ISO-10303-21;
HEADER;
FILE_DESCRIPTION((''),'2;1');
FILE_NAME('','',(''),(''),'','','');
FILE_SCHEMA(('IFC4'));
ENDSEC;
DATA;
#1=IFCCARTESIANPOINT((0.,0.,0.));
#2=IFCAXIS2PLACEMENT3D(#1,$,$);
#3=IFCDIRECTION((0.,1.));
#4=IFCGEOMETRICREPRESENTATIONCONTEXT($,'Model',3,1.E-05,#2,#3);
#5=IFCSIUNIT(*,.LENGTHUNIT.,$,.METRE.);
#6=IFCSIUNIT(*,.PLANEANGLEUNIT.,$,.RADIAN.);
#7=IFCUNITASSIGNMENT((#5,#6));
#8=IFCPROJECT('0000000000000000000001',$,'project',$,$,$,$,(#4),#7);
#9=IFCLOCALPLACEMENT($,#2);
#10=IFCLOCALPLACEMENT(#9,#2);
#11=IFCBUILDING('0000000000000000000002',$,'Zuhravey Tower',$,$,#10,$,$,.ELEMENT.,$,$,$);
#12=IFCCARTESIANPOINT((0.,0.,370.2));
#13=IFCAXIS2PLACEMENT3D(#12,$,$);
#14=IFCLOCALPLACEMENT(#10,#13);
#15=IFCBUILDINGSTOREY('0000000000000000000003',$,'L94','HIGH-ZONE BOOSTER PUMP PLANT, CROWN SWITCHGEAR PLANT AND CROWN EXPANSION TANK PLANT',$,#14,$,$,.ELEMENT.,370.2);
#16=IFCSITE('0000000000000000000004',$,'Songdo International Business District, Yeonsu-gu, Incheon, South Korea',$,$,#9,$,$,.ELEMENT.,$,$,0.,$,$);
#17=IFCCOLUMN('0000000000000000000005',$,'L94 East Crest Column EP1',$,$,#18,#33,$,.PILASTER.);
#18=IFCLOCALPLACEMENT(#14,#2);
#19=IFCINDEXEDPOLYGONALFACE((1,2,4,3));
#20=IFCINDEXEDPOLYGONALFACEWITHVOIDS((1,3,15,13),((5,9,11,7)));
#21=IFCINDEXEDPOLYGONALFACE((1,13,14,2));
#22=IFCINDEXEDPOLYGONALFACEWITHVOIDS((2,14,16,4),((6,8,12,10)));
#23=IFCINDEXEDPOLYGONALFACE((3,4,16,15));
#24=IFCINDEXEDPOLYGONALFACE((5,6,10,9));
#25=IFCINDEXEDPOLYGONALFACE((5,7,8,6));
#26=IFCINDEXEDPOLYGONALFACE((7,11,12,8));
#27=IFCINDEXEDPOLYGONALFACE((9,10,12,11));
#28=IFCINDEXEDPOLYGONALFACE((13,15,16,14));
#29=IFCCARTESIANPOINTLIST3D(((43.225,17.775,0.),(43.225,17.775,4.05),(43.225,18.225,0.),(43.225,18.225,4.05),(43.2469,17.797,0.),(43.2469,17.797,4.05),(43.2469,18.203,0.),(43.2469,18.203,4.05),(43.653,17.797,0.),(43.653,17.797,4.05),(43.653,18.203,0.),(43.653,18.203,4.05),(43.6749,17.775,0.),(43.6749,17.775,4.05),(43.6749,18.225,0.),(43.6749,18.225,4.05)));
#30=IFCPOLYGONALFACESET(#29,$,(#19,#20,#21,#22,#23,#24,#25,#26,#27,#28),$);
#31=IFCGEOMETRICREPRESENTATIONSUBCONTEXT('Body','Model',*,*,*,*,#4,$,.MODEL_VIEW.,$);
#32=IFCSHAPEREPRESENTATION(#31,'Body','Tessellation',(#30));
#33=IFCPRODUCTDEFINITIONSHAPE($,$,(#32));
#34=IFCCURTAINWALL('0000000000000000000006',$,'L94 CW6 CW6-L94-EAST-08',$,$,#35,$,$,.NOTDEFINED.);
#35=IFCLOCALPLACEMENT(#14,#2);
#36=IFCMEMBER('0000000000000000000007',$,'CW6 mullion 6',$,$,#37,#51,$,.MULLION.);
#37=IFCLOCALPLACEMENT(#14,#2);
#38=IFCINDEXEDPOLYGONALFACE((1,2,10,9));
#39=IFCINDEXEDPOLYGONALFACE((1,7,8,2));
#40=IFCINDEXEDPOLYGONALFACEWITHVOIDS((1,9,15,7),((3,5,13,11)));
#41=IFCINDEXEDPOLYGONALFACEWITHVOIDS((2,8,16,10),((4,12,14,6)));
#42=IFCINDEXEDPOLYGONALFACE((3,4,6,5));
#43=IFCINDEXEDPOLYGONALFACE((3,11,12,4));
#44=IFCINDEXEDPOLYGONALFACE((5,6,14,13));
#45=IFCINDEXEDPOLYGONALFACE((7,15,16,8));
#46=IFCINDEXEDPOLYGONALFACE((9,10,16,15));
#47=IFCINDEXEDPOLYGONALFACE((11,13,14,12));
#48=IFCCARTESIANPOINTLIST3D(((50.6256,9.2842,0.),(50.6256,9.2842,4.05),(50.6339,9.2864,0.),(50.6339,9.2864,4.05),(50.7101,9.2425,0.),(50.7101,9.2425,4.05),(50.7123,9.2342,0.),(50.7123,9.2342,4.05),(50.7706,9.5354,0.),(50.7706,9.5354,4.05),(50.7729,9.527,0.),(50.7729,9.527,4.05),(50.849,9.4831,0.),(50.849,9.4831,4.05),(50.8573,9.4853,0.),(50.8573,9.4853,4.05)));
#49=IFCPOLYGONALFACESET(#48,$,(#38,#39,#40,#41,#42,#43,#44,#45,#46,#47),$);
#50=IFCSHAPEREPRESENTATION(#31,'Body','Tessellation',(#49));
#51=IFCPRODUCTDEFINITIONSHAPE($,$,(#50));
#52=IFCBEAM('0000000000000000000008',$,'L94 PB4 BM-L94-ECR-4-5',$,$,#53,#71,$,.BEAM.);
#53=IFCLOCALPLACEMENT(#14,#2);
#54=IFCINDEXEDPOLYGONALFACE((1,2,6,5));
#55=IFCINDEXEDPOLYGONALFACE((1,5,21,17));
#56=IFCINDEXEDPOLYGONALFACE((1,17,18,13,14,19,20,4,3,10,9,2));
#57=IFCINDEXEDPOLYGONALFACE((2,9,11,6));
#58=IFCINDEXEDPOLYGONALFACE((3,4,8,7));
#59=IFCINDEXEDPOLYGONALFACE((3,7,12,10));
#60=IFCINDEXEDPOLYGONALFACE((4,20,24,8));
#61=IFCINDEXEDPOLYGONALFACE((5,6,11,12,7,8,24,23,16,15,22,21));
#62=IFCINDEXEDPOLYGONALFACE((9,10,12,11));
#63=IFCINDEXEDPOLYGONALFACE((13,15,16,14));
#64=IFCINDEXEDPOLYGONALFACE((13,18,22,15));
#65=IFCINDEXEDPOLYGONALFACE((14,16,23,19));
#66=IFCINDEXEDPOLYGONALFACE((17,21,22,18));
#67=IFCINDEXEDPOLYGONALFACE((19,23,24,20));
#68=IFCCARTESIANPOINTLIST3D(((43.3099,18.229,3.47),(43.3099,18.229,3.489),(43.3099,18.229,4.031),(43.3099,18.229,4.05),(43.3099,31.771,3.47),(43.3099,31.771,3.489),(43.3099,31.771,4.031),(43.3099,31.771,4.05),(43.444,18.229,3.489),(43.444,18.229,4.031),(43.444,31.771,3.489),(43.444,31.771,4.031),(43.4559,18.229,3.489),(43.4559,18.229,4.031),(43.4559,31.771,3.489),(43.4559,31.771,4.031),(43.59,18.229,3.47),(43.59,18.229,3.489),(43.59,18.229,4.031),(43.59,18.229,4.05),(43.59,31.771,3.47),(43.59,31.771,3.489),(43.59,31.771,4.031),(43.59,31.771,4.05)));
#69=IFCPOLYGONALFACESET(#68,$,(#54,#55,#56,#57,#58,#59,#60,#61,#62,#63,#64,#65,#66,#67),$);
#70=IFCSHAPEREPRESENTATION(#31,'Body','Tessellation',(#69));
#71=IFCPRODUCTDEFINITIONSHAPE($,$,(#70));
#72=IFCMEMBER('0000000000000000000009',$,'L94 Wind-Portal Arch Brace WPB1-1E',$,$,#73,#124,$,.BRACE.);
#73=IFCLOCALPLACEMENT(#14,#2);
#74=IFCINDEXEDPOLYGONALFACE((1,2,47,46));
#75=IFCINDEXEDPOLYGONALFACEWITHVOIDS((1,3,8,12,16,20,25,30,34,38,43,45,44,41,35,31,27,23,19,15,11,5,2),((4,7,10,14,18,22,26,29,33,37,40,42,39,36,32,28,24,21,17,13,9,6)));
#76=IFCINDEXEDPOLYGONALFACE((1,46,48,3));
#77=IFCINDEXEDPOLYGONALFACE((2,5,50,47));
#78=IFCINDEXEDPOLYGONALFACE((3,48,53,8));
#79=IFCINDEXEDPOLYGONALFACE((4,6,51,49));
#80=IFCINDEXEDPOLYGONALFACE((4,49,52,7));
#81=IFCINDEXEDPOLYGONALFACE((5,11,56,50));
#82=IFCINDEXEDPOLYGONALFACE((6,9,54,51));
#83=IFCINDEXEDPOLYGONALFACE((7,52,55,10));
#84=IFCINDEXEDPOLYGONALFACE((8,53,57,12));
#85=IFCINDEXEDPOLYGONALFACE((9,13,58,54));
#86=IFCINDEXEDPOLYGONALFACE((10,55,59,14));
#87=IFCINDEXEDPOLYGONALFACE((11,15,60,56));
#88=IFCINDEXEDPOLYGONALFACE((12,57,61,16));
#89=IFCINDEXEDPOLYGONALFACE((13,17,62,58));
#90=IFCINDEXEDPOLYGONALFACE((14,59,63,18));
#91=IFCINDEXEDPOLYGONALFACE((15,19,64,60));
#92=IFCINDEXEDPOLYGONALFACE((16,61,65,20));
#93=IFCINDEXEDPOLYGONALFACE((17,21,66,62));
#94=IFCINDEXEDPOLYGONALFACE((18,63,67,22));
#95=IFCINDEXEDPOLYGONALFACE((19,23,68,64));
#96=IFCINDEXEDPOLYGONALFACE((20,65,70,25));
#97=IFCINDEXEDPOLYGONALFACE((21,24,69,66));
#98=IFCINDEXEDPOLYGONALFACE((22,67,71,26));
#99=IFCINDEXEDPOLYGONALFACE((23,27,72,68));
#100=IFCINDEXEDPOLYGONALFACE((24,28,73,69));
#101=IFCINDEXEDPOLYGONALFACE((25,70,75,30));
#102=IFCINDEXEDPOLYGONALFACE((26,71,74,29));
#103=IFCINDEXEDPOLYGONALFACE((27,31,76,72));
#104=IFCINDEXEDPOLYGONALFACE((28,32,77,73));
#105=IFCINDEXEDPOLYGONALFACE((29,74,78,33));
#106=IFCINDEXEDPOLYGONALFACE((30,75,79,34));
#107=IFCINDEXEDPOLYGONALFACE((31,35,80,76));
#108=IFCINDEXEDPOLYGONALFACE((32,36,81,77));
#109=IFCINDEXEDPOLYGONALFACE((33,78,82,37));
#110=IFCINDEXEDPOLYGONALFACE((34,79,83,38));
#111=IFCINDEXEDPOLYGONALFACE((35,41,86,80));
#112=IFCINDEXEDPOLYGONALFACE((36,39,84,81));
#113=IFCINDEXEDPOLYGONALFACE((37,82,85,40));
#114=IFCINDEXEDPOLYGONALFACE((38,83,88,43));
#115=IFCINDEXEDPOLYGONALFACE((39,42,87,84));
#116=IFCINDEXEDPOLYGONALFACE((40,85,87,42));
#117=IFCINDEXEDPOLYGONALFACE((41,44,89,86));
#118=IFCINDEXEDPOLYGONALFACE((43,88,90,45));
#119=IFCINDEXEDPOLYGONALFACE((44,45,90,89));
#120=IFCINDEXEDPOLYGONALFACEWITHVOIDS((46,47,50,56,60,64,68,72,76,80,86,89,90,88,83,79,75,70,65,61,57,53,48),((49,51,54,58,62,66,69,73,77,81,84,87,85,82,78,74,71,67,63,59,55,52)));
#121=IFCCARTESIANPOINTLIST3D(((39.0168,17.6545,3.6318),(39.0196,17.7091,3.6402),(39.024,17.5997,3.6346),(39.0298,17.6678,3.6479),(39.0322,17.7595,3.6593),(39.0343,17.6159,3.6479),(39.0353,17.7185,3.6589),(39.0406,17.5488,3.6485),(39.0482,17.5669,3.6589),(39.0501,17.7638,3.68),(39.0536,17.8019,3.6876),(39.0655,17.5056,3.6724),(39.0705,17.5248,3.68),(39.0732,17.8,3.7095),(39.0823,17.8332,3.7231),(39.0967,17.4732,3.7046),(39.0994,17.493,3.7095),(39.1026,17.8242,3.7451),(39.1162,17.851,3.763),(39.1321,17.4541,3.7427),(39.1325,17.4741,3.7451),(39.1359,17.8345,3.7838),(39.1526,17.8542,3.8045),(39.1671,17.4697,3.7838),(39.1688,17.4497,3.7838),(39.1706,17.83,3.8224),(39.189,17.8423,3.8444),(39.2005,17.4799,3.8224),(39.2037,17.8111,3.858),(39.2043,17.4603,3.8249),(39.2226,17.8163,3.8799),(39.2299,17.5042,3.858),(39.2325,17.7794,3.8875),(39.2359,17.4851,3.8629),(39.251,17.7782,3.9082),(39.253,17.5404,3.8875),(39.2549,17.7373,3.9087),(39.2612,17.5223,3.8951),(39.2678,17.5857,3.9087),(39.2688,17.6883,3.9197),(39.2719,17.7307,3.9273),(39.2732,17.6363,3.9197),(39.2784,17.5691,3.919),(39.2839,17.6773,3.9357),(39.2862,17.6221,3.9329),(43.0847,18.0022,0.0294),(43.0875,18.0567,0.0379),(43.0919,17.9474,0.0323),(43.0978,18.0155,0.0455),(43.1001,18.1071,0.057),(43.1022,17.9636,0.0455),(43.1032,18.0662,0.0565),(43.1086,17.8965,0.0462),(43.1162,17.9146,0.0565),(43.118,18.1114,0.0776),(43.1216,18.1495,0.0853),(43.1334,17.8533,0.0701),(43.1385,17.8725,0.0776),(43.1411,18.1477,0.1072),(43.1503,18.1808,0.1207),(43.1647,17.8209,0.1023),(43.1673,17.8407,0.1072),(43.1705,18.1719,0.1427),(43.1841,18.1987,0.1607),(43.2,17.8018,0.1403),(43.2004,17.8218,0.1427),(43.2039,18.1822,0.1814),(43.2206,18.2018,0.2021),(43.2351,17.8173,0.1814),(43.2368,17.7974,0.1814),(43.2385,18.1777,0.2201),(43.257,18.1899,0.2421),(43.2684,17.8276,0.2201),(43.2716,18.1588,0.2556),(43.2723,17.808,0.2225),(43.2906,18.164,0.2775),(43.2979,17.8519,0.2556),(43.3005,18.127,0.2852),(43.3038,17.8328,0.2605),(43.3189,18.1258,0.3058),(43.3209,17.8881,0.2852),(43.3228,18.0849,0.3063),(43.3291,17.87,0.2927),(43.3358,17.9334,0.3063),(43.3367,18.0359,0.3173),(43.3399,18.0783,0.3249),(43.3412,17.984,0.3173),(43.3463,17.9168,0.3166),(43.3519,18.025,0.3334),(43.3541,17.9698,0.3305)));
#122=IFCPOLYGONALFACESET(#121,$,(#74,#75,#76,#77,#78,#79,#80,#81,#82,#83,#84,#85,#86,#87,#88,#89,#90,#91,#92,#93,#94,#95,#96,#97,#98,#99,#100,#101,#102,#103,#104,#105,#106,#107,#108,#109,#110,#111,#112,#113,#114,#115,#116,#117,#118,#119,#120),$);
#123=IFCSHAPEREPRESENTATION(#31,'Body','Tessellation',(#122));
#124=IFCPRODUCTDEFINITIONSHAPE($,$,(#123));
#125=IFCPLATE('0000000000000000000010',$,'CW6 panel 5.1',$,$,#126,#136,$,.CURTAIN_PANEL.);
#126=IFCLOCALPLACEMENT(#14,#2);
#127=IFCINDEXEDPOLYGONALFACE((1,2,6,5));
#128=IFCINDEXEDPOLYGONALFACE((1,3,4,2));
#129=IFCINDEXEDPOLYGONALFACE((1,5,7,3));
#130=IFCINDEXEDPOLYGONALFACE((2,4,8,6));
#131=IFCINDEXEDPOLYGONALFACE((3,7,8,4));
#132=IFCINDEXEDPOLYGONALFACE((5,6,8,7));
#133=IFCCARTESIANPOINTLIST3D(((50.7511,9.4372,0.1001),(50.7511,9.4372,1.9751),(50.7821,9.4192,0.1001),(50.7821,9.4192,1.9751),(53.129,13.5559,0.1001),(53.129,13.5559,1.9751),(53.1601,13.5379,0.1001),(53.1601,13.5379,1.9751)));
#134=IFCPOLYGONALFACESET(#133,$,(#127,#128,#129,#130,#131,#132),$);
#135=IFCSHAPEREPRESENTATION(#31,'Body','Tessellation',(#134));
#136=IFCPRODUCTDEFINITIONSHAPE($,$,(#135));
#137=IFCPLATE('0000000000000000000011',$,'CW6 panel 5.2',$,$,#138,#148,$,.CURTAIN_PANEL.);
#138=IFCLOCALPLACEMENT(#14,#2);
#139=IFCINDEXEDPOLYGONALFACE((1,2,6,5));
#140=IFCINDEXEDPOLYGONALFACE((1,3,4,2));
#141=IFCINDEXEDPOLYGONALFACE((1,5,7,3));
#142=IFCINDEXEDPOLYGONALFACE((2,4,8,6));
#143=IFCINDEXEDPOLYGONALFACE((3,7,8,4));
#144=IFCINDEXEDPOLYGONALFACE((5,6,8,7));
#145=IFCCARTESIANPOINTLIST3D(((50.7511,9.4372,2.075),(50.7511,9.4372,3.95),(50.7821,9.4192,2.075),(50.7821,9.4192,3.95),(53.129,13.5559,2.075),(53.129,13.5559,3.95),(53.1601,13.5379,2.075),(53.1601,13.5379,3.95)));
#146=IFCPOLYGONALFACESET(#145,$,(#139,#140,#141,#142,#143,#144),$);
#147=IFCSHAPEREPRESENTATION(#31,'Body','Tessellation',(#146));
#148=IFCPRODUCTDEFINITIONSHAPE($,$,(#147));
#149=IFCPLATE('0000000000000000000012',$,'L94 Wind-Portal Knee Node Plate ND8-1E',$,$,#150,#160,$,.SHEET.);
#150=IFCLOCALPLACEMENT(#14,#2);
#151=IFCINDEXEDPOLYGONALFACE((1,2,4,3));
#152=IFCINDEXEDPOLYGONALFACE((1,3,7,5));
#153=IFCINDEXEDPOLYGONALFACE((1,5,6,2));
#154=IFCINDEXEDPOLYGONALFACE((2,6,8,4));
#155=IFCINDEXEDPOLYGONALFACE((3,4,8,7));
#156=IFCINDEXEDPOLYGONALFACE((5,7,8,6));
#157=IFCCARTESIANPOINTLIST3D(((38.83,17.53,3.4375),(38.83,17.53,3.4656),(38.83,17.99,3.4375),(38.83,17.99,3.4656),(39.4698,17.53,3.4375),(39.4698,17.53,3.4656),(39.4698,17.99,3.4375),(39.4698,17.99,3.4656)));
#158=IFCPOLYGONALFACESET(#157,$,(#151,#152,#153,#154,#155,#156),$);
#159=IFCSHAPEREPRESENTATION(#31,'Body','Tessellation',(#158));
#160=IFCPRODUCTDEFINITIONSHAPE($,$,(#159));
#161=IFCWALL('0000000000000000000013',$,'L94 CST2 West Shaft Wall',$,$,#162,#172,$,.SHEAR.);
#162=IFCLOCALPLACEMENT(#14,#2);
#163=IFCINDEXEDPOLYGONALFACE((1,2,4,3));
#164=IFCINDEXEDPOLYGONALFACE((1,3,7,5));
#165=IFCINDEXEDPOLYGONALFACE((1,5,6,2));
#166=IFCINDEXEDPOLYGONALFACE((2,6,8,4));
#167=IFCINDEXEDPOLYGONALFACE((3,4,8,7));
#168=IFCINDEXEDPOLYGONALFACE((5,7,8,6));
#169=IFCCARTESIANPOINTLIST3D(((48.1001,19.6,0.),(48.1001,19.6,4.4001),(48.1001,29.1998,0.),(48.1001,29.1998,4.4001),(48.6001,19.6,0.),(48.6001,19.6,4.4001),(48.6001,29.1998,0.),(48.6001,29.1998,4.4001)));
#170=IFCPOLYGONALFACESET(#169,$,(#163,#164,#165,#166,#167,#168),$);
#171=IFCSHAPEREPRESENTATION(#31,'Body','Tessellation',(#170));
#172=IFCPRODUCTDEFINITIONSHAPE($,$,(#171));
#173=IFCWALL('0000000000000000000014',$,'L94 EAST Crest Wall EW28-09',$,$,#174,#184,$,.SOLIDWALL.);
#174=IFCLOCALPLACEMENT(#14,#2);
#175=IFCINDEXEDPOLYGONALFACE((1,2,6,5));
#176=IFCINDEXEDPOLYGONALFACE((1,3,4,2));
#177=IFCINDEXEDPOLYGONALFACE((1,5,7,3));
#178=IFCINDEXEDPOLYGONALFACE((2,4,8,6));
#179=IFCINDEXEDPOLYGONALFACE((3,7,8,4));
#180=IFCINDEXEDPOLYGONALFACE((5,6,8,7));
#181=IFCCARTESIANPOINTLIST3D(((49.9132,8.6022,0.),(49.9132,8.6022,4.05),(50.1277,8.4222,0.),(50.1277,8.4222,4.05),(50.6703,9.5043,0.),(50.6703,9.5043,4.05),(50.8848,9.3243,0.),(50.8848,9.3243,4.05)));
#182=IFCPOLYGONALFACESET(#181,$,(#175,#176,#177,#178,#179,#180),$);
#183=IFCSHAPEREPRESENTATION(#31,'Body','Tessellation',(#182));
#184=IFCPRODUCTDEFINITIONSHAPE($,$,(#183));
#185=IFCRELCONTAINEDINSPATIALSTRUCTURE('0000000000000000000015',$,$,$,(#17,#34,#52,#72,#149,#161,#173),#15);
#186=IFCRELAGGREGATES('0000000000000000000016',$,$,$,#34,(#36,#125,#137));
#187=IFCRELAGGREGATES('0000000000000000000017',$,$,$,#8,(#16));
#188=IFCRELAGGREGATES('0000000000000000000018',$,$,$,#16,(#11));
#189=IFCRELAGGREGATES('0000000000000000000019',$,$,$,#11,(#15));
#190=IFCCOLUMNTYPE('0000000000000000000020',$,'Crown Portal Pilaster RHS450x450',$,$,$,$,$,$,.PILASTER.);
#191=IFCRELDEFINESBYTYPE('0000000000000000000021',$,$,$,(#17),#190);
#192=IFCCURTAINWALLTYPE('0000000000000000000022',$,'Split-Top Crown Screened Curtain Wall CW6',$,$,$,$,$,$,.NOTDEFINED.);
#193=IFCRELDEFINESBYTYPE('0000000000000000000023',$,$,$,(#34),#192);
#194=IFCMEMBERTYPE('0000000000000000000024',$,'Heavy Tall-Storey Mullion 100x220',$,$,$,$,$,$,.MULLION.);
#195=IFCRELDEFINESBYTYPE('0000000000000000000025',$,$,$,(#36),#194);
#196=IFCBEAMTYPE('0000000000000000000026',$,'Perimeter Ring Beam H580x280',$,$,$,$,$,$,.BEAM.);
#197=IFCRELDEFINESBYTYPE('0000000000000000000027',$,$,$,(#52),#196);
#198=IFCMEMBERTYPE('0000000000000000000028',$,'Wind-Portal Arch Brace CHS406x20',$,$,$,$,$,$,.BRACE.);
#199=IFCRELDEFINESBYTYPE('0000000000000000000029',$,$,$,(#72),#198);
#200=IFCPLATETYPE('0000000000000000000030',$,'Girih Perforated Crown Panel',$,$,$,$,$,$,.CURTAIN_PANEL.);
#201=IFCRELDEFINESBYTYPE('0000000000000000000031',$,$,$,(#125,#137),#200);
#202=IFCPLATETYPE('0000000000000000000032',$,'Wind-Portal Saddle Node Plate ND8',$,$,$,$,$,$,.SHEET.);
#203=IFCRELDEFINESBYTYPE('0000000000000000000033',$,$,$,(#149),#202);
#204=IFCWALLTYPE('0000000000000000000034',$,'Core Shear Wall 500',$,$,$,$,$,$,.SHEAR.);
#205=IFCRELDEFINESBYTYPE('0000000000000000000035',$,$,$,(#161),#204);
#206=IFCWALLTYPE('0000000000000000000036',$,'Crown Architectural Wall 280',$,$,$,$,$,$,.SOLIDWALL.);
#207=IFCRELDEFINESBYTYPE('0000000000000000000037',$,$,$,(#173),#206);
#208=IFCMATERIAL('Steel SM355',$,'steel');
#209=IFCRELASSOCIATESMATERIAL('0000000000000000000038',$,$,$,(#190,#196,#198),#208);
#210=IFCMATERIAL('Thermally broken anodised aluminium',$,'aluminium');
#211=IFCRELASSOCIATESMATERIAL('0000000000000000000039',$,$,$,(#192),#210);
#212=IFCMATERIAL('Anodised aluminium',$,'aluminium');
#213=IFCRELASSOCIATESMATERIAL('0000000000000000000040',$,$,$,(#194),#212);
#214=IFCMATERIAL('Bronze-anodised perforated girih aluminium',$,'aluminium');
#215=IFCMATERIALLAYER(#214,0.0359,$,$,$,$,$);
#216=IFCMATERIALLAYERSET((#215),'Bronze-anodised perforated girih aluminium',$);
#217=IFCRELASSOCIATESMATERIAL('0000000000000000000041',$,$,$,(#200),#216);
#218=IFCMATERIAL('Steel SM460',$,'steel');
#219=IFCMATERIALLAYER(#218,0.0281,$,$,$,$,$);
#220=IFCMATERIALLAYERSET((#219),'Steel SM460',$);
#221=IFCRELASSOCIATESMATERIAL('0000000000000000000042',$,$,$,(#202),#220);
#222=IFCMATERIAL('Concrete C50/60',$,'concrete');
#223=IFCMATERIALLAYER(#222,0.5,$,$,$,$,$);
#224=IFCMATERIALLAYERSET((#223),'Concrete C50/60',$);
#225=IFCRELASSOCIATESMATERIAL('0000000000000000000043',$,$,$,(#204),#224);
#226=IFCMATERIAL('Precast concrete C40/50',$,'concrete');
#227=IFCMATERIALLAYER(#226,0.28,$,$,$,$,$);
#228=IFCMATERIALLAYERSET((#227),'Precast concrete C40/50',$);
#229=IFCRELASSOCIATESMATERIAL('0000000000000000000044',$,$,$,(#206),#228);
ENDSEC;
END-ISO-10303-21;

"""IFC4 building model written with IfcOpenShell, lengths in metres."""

from ifc_helpers import new_model, si_unit, direction, frame, frame_2d, origin, origin_2d, place, context, subcontext, project, spatial, rectangle, hollow_rectangle, hollow_circle, i_section, extrude, material, layer, layer_set, material_profile, profile_set, type_object, element, aggregate, save


model = new_model("IFC4")

# Units and contexts
model_context = context("Model", 3, precision=1e-05, world=origin(), true_north=direction((0.0, 1.0)))
body_context = subcontext(model_context, "Body", "Model", "MODEL_VIEW")
ifc_project = project(units=[si_unit("LENGTHUNIT", "METRE"), si_unit("PLANEANGLEUNIT", "RADIAN")], contexts=[model_context])

# Site, building, storey
site_placement = place(None, origin())
site = spatial("IfcSite", under=ifc_project, at=site_placement, Name="Songdo International Business District, Yeonsu-gu, Incheon, South Korea", CompositionType="ELEMENT", RefElevation=0.0)
building_placement = place(site_placement, origin())
building = spatial("IfcBuilding", under=site, at=building_placement, Name="Zuhravey Tower", CompositionType="ELEMENT")
storey_placement = place(building_placement, frame((0.0, 0.0, 370.2)))
storey = spatial("IfcBuildingStorey", under=building, at=storey_placement, Name="L94", Description="HIGH-ZONE BOOSTER PUMP PLANT, CROWN SWITCHGEAR PLANT AND CROWN EXPANSION TANK PLANT", CompositionType="ELEMENT", Elevation=370.2)

# Column
ifc_material_1 = material(Name="Steel SM355", Category="steel")
ifc_material_profile_1 = material_profile(ifc_material_1, hollow_rectangle(XDim=0.45, YDim=0.45, WallThickness=0.022, at=origin_2d()), Name="RHS-450x450x22")
ifc_profile_set_1 = profile_set([ifc_material_profile_1], Name="Steel SM355")
column_type = type_object("IfcColumnType", Name="Crown Portal Pilaster RHS450x450", PredefinedType="PILASTER", material=ifc_profile_set_1)
column_placement = place(storey_placement, frame((43.45, 18.0, 0.0), z_axis=(0.0, 0.0, 1.0), x_axis=(1.0, 0.0, 0.0)))
element("IfcColumn", 1, at=column_placement, inside=storey, type_object=column_type, Name="L94 East Crest Column EP1", PredefinedType="PILASTER", context=body_context, shape_type="SweptSolid", body=[
    extrude(hollow_rectangle(XDim=0.45, YDim=0.45, WallThickness=0.022, at=origin_2d()), origin(), (0.0, 0.0, 1.0), 4.05),
])

# Curtain wall, member
ifc_material_2 = material(Name="Thermally broken anodised aluminium", Category="aluminium")
curtain_wall_type = type_object("IfcCurtainWallType", Name="Split-Top Crown Screened Curtain Wall CW6", PredefinedType="NOTDEFINED", material=ifc_material_2)
curtain_wall_placement = place(storey_placement, origin())
curtain_wall = element("IfcCurtainWall", 2, at=curtain_wall_placement, inside=storey, type_object=curtain_wall_type, Name="L94 CW6 CW6-L94-EAST-08", PredefinedType="NOTDEFINED")
ifc_material_3 = material(Name="Anodised aluminium", Category="aluminium")
ifc_material_profile_2 = material_profile(ifc_material_3, hollow_rectangle(XDim=0.1001, YDim=0.29, WallThickness=0.0061, at=origin_2d()), Name="ALU-RHS-100x290x6")
ifc_profile_set_2 = profile_set([ifc_material_profile_2], Name="Anodised aluminium")
member_type_1 = type_object("IfcMemberType", Name="Heavy Tall-Storey Mullion 100x220", PredefinedType="MULLION", material=ifc_profile_set_2)
member_1_placement = place(storey_placement, frame((50.7415, 9.3848, 0.0), z_axis=(0.0, 0.0, 1.0), x_axis=(0.866027, -0.499997, 0.0)))
member_1 = element("IfcMember", 3, at=member_1_placement, type_object=member_type_1, Name="CW6 mullion 6", PredefinedType="MULLION", context=body_context, shape_type="SweptSolid", body=[
    extrude(hollow_rectangle(XDim=0.1001, YDim=0.29, WallThickness=0.0061, at=origin_2d()), origin(), (0.0, 0.0, 1.0), 4.05),
])

# Beam
ifc_material_profile_3 = material_profile(ifc_material_1, i_section(OverallWidth=0.28, OverallDepth=0.5801, WebThickness=0.012, FlangeThickness=0.019, at=origin_2d()), Name="H-580x280x12x19")
ifc_profile_set_3 = profile_set([ifc_material_profile_3], Name="Steel SM355")
beam_type = type_object("IfcBeamType", Name="Perimeter Ring Beam H580x280", PredefinedType="BEAM", material=ifc_profile_set_3)
beam_placement = place(storey_placement, frame((43.45, 18.229, 3.76), z_axis=(0.0, 1.0, 0.0), x_axis=(-1.0, 0.0, 0.0)))
element("IfcBeam", 4, at=beam_placement, inside=storey, type_object=beam_type, Name="L94 PB4 BM-L94-ECR-4-5", PredefinedType="BEAM", context=body_context, shape_type="SweptSolid", body=[
    extrude(i_section(OverallWidth=0.28, OverallDepth=0.5801, WebThickness=0.012, FlangeThickness=0.019, at=origin_2d()), origin(), (0.0, 0.0, 1.0), 13.542),
])

# Member
ifc_material_profile_4 = material_profile(ifc_material_1, hollow_circle(Radius=0.2031, WallThickness=0.02, at=origin_2d()), Name="CHS-406.4x20")
ifc_profile_set_4 = profile_set([ifc_material_profile_4], Name="Steel SM355")
member_type_2 = type_object("IfcMemberType", Name="Wind-Portal Arch Brace CHS406x20", PredefinedType="BRACE", material=ifc_profile_set_4)
member_2_placement = place(storey_placement, frame((43.2195, 17.9998, 0.1814), z_axis=(-0.747122, -0.063852, 0.661613), x_axis=(0.085154, -0.996368, 0.0)))
element("IfcMember", 5, at=member_2_placement, inside=storey, type_object=member_type_2, Name="L94 Wind-Portal Arch Brace WPB1-1E", PredefinedType="BRACE", context=body_context, shape_type="SweptSolid", body=[
    extrude(hollow_circle(Radius=0.2031, WallThickness=0.02, at=origin_2d()), origin(), (0.0, 0.0, 1.0), 5.4448),
])

# Plates
ifc_material_4 = material(Name="Bronze-anodised perforated girih aluminium", Category="aluminium")
ifc_layer_1 = layer(ifc_material_4, 0.0359)
ifc_layer_set_1 = layer_set([ifc_layer_1], Name="Bronze-anodised perforated girih aluminium")
plate_type_1 = type_object("IfcPlateType", Name="Girih Perforated Crown Panel", PredefinedType="CURTAIN_PANEL", material=ifc_layer_set_1)
plate_1_placement = place(storey_placement, frame((51.9556, 11.4875, 0.1001), z_axis=(0.0, 0.0, 1.0), x_axis=(-0.499997, -0.866027, 0.0)))
plate_1 = element("IfcPlate", 6, at=plate_1_placement, type_object=plate_type_1, Name="CW6 panel 5.1", PredefinedType="CURTAIN_PANEL", context=body_context, shape_type="SweptSolid", body=[
    extrude(rectangle(XDim=4.7559, YDim=0.0359, at=origin_2d()), origin(), (0.0, 0.0, 1.0), 1.875),
])
plate_2_placement = place(storey_placement, frame((51.9556, 11.4875, 2.075), z_axis=(0.0, 0.0, 1.0), x_axis=(-0.499997, -0.866027, 0.0)))
plate_2 = element("IfcPlate", 7, at=plate_2_placement, type_object=plate_type_1, Name="CW6 panel 5.2", PredefinedType="CURTAIN_PANEL", context=body_context, shape_type="SweptSolid", body=[
    extrude(rectangle(XDim=4.7559, YDim=0.0359, at=origin_2d()), origin(), (0.0, 0.0, 1.0), 1.875),
])
aggregate(curtain_wall, [member_1, plate_1, plate_2])
ifc_material_5 = material(Name="Steel SM460", Category="steel")
ifc_layer_2 = layer(ifc_material_5, 0.0281)
ifc_layer_set_2 = layer_set([ifc_layer_2], Name="Steel SM460")
plate_type_2 = type_object("IfcPlateType", Name="Wind-Portal Saddle Node Plate ND8", PredefinedType="SHEET", material=ifc_layer_set_2)
plate_3_placement = place(storey_placement, frame((39.1499, 17.76, 3.4375), z_axis=(0.0, 0.0, 1.0), x_axis=(1.0, 0.0, 0.0)))
element("IfcPlate", 8, at=plate_3_placement, inside=storey, type_object=plate_type_2, Name="L94 Wind-Portal Knee Node Plate ND8-1E", PredefinedType="SHEET", context=body_context, shape_type="SweptSolid", body=[
    extrude(rectangle(XDim=0.6399, YDim=0.46, at=origin_2d()), origin(), (0.0, 0.0, 1.0), 0.0281),
])

# Shared definitions
ifc_material_6 = material(Name="Concrete C50/60", Category="concrete")
ifc_layer_3 = layer(ifc_material_6, 0.5)
ifc_layer_set_3 = layer_set([ifc_layer_3], Name="Concrete C50/60")
wall_type_1 = type_object("IfcWallType", Name="Core Shear Wall 500", PredefinedType="SHEAR", material=ifc_layer_set_3)

# Walls
wall_1_placement = place(storey_placement, frame((48.3501, 19.6001, 0.0), z_axis=(0.0, 0.0, 1.0), x_axis=(0.0, 1.0, 0.0)))
element("IfcWall", 9, at=wall_1_placement, inside=storey, type_object=wall_type_1, Name="L94 CST2 West Shaft Wall", PredefinedType="SHEAR", context=body_context, shape_type="SweptSolid", body=[
    extrude(rectangle(XDim=9.5999, YDim=0.5, at=frame_2d((4.7998, 0.0))), origin(), (0.0, 0.0, 1.0), 4.4001),
])
ifc_material_7 = material(Name="Precast concrete C40/50", Category="concrete")
ifc_layer_4 = layer(ifc_material_7, 0.28)
ifc_layer_set_4 = layer_set([ifc_layer_4], Name="Precast concrete C40/50")
wall_type_2 = type_object("IfcWallType", Name="Crown Architectural Wall 280", PredefinedType="SOLIDWALL", material=ifc_layer_set_4)
wall_2_placement = place(storey_placement, frame((50.7776, 9.4143, 0.0), z_axis=(0.0, 0.0, 1.0), x_axis=(-0.642852, -0.765991, 0.0)))
element("IfcWall", 10, at=wall_2_placement, inside=storey, type_object=wall_type_2, Name="L94 EAST Crest Wall EW28-09", PredefinedType="SOLIDWALL", context=body_context, shape_type="SweptSolid", body=[
    extrude(rectangle(XDim=1.1777, YDim=0.28, at=frame_2d((0.5889, 0.0))), origin(), (0.0, 0.0, 1.0), 4.05),
])

save(model, "model.ifc")
